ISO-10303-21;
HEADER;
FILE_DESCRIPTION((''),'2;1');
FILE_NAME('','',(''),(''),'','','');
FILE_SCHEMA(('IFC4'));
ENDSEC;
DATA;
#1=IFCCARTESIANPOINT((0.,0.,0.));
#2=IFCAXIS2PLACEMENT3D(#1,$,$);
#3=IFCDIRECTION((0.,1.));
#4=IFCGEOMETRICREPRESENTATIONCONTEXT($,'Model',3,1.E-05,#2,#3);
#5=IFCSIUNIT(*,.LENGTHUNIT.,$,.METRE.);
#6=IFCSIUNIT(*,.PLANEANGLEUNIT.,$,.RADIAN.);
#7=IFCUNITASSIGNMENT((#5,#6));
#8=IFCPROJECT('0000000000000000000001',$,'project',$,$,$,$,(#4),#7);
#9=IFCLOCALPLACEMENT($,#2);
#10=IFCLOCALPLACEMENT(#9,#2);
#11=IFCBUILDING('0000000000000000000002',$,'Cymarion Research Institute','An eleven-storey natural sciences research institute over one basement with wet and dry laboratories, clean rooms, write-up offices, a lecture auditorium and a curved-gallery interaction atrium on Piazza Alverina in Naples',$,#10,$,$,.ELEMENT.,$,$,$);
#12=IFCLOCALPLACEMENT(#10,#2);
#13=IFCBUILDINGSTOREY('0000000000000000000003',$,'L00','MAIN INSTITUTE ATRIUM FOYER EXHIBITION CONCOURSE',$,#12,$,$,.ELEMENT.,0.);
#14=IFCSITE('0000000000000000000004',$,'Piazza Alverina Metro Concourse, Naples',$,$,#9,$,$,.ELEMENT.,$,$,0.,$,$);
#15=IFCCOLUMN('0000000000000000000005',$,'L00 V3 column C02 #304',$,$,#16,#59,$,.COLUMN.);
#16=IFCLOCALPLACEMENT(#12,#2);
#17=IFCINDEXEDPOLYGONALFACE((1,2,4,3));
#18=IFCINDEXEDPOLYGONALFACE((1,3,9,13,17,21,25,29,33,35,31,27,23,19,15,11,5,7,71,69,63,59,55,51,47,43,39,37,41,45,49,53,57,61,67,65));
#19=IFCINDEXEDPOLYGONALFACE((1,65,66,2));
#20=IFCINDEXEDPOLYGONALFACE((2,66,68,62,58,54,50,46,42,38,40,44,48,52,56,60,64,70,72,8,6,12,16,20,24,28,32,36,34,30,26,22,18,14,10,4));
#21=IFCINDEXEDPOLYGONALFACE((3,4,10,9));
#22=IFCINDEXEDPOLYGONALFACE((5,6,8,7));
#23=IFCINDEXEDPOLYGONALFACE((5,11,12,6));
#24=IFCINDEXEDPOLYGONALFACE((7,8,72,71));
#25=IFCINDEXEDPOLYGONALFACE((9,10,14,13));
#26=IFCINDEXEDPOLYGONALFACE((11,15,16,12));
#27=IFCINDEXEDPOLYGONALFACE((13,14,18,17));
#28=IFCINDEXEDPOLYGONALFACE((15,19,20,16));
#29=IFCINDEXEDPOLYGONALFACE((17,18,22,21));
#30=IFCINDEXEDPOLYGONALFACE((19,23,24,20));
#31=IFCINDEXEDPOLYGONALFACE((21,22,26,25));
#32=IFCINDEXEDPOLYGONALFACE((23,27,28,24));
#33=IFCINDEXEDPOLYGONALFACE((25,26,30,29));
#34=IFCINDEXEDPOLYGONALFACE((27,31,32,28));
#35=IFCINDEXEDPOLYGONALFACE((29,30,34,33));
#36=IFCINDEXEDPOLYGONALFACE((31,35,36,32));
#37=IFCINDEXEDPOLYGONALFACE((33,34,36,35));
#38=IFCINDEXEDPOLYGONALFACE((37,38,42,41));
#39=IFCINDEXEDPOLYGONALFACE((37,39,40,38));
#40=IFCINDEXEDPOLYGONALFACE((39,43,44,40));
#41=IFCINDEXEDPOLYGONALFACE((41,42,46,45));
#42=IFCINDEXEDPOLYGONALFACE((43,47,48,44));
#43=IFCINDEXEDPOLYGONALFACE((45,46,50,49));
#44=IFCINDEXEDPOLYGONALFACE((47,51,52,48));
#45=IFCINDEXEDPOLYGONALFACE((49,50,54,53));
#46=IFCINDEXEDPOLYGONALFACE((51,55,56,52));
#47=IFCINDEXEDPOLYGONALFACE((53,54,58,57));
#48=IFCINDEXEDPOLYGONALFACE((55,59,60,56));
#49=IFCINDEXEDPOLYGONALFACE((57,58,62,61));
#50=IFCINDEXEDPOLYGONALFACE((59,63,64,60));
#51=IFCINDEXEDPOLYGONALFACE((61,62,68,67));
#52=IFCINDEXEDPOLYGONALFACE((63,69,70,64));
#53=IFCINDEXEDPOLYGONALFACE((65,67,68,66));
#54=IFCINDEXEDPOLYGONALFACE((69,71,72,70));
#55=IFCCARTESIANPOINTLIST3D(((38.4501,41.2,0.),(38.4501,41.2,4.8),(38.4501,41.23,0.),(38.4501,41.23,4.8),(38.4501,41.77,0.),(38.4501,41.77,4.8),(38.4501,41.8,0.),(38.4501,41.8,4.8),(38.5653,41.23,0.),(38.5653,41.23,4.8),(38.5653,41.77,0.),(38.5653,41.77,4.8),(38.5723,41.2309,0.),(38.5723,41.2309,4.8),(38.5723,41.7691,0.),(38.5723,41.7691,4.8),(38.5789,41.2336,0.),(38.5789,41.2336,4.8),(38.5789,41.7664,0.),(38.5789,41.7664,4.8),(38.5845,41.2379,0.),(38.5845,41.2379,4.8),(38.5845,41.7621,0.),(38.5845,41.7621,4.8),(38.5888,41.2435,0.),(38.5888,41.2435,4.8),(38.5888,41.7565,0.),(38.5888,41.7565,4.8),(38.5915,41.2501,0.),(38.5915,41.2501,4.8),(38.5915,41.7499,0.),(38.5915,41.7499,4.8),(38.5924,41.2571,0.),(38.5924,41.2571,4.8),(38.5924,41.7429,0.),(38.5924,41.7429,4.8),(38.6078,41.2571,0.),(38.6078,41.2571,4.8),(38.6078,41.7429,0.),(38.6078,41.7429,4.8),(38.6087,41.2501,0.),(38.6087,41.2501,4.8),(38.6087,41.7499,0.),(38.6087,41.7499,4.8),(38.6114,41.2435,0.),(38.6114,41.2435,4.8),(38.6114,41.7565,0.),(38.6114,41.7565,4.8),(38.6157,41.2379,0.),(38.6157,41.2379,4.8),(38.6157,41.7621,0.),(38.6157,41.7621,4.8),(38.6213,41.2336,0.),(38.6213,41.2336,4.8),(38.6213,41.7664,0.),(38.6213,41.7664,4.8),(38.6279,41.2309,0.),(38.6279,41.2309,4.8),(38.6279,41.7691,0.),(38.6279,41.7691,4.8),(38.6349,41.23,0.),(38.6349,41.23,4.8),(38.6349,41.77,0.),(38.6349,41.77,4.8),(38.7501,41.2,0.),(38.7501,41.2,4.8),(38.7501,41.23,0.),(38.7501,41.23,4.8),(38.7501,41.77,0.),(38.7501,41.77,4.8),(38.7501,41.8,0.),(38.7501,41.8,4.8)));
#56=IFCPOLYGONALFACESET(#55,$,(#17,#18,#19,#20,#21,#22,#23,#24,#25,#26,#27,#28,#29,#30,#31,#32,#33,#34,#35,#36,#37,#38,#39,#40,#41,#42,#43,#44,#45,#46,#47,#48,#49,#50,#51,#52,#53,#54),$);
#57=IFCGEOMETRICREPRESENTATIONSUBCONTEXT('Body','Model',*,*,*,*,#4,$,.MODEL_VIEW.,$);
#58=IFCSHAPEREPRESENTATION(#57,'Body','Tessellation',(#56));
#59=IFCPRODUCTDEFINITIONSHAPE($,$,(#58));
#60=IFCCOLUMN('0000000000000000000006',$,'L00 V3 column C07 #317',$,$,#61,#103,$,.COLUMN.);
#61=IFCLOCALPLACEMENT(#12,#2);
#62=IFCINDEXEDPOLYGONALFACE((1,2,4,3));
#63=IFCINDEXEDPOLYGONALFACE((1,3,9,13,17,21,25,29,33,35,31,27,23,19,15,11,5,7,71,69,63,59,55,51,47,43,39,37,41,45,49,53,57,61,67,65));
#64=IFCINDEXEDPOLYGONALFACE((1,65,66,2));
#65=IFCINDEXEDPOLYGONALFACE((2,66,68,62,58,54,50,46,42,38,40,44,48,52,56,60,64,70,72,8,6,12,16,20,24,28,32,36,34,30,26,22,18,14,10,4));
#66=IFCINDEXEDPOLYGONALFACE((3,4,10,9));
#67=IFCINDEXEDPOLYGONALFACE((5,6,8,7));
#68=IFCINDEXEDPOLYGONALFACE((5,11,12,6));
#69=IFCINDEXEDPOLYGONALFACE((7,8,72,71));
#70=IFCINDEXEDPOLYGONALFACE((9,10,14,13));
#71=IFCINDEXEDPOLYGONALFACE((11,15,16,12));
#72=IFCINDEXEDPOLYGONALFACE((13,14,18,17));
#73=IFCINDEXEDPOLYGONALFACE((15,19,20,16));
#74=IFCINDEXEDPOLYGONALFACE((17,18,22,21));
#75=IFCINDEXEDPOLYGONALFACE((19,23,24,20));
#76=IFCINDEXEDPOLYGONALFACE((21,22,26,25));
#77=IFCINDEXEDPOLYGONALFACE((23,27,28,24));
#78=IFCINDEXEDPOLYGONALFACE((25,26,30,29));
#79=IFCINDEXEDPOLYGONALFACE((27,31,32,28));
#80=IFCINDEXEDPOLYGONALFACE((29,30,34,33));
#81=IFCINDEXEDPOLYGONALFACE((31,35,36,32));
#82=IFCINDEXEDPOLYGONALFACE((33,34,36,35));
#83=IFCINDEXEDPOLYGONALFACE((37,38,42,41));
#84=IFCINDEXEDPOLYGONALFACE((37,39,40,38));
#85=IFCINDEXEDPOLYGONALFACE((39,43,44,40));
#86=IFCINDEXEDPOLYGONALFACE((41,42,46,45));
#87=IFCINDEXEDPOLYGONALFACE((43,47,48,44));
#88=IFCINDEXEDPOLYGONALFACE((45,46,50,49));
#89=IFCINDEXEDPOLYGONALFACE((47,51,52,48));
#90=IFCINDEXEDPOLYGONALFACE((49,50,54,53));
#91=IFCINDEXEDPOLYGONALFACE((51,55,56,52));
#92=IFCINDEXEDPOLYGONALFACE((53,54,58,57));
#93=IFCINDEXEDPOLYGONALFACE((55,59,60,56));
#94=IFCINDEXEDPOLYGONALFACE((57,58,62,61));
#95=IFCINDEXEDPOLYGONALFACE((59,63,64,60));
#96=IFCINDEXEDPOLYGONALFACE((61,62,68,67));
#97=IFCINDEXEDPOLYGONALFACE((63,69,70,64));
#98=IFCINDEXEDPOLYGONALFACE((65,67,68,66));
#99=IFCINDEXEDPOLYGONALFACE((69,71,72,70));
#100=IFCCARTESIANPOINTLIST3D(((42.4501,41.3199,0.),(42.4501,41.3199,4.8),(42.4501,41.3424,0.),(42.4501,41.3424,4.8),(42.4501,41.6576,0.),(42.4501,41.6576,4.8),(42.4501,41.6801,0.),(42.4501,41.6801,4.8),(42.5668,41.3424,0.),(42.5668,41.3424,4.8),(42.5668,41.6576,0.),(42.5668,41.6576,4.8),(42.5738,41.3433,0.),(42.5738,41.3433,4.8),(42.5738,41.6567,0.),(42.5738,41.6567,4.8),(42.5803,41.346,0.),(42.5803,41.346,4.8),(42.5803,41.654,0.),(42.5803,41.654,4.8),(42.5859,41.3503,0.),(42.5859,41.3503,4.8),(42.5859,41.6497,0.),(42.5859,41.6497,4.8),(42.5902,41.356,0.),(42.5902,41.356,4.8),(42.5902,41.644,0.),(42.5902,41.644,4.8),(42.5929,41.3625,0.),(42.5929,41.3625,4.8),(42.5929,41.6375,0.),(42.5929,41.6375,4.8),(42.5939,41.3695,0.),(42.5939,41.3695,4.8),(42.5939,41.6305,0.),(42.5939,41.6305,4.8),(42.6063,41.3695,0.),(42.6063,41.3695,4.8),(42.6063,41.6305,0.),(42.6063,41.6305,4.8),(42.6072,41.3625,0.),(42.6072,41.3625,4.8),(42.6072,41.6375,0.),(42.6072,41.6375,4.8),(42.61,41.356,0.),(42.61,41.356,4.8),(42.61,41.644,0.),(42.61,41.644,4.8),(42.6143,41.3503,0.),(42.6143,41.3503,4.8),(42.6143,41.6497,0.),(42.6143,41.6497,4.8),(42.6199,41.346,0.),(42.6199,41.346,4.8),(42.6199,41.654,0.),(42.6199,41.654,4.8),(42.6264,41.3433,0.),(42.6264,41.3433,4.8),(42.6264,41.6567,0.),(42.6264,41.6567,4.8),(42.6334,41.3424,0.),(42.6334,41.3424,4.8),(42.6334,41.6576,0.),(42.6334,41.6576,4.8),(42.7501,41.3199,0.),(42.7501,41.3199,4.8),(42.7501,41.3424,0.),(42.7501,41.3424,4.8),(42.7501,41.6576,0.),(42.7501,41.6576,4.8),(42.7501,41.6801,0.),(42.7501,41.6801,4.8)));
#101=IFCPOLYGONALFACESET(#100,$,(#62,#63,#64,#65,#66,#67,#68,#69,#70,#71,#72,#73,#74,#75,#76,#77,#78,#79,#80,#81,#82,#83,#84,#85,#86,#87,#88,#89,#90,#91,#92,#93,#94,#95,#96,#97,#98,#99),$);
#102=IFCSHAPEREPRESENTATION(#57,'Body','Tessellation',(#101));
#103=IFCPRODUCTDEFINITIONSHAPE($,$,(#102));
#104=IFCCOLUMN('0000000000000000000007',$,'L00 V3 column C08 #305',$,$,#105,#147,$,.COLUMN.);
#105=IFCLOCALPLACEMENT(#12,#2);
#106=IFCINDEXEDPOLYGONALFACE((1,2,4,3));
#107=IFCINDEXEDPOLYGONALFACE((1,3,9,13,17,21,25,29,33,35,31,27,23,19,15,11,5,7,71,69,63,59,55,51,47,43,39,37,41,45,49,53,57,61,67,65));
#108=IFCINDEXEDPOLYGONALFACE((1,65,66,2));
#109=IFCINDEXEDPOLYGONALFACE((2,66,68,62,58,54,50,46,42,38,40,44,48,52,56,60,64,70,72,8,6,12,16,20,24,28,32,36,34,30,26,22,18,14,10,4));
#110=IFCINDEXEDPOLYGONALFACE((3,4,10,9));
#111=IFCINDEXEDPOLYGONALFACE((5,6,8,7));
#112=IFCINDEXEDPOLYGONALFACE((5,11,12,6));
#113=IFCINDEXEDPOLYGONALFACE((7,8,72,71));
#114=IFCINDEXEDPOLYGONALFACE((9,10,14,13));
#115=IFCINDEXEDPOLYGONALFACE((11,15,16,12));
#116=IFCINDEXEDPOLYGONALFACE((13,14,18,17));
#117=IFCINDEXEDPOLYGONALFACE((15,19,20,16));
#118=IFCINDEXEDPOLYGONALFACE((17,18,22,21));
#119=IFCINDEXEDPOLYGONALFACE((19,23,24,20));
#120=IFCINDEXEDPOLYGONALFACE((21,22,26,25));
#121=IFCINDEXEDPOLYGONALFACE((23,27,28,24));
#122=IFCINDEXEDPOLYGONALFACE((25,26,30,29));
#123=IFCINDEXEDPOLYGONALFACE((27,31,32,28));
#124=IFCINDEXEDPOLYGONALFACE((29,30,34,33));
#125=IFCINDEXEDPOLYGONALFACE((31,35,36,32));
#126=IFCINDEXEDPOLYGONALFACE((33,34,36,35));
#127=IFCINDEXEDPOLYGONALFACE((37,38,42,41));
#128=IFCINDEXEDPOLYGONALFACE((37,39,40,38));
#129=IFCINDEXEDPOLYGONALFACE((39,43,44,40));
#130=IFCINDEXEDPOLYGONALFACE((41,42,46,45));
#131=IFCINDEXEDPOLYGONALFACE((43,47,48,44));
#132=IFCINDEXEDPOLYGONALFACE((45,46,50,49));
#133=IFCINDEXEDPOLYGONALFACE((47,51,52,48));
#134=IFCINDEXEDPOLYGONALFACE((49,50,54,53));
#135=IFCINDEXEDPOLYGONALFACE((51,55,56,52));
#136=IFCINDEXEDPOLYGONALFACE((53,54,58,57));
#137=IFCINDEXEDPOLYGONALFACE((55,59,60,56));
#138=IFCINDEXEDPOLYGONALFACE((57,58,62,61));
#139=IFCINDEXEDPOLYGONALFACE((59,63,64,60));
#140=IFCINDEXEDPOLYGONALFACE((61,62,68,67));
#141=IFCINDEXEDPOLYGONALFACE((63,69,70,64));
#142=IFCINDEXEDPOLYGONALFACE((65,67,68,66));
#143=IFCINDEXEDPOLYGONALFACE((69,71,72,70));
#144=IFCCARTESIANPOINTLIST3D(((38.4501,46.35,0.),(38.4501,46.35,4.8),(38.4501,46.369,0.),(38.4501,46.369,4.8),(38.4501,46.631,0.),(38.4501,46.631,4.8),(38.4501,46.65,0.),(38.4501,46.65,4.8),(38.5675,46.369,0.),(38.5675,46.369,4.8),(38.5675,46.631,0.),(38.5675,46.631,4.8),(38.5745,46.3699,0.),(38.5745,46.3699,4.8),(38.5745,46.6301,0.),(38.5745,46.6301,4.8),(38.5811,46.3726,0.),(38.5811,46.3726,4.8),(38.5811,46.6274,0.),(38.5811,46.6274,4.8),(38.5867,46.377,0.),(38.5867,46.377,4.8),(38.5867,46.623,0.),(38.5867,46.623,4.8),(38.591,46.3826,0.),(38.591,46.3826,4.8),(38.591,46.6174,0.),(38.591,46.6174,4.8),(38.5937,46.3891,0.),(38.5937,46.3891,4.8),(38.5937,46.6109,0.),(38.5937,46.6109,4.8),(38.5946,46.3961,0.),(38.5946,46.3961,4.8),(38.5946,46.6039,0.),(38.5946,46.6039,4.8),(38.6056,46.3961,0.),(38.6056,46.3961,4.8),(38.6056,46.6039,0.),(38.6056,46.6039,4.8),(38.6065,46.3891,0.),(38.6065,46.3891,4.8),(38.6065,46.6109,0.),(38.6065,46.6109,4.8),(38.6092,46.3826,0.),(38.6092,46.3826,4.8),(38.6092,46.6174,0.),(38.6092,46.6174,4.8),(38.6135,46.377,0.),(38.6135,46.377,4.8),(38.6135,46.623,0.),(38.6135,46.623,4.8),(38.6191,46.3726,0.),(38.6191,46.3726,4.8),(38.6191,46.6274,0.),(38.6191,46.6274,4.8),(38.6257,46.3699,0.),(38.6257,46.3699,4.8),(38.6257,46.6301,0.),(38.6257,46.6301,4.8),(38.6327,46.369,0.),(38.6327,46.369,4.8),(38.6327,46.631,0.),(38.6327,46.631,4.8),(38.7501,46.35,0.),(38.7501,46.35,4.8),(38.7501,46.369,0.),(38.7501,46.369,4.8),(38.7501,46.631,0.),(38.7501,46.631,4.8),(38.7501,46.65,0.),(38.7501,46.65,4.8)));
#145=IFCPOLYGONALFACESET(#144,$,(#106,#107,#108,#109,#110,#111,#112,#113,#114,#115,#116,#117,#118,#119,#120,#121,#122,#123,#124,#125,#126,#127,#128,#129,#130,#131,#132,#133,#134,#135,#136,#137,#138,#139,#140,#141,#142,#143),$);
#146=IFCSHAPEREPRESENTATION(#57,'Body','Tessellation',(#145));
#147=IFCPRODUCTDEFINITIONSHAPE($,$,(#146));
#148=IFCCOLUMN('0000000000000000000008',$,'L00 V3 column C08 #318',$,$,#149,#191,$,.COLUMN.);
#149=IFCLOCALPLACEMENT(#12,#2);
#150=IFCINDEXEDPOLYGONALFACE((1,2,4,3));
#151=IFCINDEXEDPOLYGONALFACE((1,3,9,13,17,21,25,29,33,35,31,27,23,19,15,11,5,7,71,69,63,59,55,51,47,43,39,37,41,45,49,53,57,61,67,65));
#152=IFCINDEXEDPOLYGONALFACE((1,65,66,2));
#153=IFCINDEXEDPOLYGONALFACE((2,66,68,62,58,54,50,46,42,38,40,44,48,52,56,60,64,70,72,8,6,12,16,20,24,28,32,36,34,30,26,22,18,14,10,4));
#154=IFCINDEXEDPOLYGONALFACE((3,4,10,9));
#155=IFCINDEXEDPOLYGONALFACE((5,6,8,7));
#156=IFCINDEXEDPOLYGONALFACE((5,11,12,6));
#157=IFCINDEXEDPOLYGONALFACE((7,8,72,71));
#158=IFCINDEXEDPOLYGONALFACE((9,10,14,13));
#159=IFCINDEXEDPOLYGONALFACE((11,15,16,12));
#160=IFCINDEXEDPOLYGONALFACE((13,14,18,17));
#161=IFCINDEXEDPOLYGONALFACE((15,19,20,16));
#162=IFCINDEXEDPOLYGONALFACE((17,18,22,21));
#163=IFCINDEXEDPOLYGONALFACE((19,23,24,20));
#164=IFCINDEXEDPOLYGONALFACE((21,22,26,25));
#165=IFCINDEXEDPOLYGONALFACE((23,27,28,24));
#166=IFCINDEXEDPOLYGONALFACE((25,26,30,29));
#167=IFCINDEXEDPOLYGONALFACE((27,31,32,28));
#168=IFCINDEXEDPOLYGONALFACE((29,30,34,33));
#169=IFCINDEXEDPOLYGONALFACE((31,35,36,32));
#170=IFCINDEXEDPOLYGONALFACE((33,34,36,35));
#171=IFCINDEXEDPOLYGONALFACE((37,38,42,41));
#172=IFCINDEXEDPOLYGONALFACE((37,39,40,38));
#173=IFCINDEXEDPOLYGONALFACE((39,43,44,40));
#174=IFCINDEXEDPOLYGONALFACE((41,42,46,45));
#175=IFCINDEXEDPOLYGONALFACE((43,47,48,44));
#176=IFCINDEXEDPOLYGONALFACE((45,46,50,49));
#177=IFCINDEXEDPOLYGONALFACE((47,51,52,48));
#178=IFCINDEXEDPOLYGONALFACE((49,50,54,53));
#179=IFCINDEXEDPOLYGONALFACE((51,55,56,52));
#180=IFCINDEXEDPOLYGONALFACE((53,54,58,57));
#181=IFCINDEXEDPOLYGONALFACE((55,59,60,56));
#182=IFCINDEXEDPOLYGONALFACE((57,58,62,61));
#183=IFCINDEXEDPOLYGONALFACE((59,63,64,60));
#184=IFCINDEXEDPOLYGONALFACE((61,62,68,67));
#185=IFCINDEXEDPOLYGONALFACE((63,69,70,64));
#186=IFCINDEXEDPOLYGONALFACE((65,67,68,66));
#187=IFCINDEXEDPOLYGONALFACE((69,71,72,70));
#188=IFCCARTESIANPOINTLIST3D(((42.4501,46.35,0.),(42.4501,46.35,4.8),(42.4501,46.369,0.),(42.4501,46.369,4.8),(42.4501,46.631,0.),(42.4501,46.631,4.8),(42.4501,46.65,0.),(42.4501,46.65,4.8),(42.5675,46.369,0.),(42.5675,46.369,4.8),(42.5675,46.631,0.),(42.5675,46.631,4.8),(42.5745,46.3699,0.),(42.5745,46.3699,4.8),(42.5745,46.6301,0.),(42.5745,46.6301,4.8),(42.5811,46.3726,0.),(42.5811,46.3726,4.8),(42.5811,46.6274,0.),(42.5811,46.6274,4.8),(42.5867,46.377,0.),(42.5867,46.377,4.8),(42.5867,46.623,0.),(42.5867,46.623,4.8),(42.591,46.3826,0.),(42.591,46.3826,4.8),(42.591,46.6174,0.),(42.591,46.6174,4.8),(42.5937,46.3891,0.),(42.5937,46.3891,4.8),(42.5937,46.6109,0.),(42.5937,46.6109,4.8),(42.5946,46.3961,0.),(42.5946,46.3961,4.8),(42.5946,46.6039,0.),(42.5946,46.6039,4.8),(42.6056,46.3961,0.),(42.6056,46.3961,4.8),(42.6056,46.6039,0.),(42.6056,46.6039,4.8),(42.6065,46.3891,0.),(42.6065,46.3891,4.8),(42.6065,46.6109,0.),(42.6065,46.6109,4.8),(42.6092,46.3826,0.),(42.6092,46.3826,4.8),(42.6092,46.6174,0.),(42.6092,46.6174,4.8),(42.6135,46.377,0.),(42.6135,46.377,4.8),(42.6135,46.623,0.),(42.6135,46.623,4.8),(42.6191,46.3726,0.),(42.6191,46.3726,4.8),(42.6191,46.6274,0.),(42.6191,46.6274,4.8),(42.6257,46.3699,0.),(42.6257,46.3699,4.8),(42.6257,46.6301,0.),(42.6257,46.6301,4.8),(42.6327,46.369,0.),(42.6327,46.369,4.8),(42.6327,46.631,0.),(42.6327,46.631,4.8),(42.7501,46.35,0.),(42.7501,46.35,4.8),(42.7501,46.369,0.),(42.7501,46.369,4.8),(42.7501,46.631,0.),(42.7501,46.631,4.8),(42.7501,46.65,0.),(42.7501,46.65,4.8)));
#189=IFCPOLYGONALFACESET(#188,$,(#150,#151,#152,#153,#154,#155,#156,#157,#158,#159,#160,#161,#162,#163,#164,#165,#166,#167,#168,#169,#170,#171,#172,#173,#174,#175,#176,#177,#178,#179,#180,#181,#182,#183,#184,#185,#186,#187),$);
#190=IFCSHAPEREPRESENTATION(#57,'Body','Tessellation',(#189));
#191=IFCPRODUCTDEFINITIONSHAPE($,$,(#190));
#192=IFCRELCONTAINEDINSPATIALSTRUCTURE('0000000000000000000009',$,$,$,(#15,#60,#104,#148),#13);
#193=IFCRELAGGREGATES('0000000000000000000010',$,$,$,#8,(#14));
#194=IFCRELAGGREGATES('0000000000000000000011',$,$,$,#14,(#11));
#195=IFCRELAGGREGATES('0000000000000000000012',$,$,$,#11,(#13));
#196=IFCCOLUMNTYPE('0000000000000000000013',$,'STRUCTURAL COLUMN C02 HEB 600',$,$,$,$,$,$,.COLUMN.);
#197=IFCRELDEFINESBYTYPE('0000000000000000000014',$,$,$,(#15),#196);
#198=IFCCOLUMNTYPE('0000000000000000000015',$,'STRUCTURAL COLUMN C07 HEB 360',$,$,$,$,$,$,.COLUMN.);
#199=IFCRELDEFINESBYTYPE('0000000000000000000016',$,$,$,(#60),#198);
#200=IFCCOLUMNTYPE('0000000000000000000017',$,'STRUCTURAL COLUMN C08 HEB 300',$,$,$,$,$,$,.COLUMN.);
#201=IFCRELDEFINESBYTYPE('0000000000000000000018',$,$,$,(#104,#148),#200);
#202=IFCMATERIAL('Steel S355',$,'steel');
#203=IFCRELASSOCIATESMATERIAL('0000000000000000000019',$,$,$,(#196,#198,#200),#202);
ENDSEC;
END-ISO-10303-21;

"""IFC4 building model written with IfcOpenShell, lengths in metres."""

from ifc_helpers import new_model, si_unit, direction, frame, origin, origin_2d, place, context, subcontext, project, spatial, i_section, extrude, material, material_profile, profile_set, type_object, element, save


model = new_model("IFC4")

# Units and contexts
model_context = context("Model", 3, precision=1e-05, world=origin(), true_north=direction((0.0, 1.0)))
body_context = subcontext(model_context, "Body", "Model", "MODEL_VIEW")
ifc_project = project(units=[si_unit("LENGTHUNIT", "METRE"), si_unit("PLANEANGLEUNIT", "RADIAN")], contexts=[model_context])

# Site, building, storey
site_placement = place(None, origin())
site = spatial("IfcSite", under=ifc_project, at=site_placement, Name="Piazza Alverina Metro Concourse, Naples", CompositionType="ELEMENT", RefElevation=0.0)
building_placement = place(site_placement, origin())
building = spatial("IfcBuilding", under=site, at=building_placement, Name="Cymarion Research Institute", Description="An eleven-storey natural sciences research institute over one basement with wet and dry laboratories, clean rooms, write-up offices, a lecture auditorium and a curved-gallery interaction atrium on Piazza Alverina in Naples", CompositionType="ELEMENT")
storey_placement = place(building_placement, origin())
storey = spatial("IfcBuildingStorey", under=building, at=storey_placement, Name="L00", Description="MAIN INSTITUTE ATRIUM FOYER EXHIBITION CONCOURSE", CompositionType="ELEMENT", Elevation=0.0)

# Columns
ifc_material_1 = material(Name="Steel S355", Category="steel")
ifc_material_profile_1 = material_profile(ifc_material_1, i_section(OverallWidth=0.3, OverallDepth=0.6001, WebThickness=0.0154, FlangeThickness=0.03, FilletRadius=0.0271, at=origin_2d()), Name="HEB 600")
ifc_profile_set_1 = profile_set([ifc_material_profile_1], Name="Steel S355")
column_type_1 = type_object("IfcColumnType", Name="STRUCTURAL COLUMN C02 HEB 600", PredefinedType="COLUMN", material=ifc_profile_set_1)
column_1_placement = place(storey_placement, frame((38.6001, 41.5, 0.0), z_axis=(0.0, 0.0, 1.0), x_axis=(1.0, 0.0, 0.0)))
element("IfcColumn", 1, at=column_1_placement, inside=storey, type_object=column_type_1, Name="L00 V3 column C02 #304", PredefinedType="COLUMN", context=body_context, shape_type="SweptSolid", body=[
    extrude(i_section(OverallWidth=0.3, OverallDepth=0.6001, WebThickness=0.0154, FlangeThickness=0.03, FilletRadius=0.0271, at=origin_2d()), origin(), (0.0, 0.0, 1.0), 4.8),
])
ifc_material_profile_2 = material_profile(ifc_material_1, i_section(OverallWidth=0.3, OverallDepth=0.3601, WebThickness=0.0125, FlangeThickness=0.0225, FilletRadius=0.0271, at=origin_2d()), Name="HEB 360")
ifc_profile_set_2 = profile_set([ifc_material_profile_2], Name="Steel S355")
column_type_2 = type_object("IfcColumnType", Name="STRUCTURAL COLUMN C07 HEB 360", PredefinedType="COLUMN", material=ifc_profile_set_2)
column_2_placement = place(storey_placement, frame((42.6001, 41.5, 0.0), z_axis=(0.0, 0.0, 1.0), x_axis=(1.0, 0.0, 0.0)))
element("IfcColumn", 2, at=column_2_placement, inside=storey, type_object=column_type_2, Name="L00 V3 column C07 #317", PredefinedType="COLUMN", context=body_context, shape_type="SweptSolid", body=[
    extrude(i_section(OverallWidth=0.3, OverallDepth=0.3601, WebThickness=0.0125, FlangeThickness=0.0225, FilletRadius=0.0271, at=origin_2d()), origin(), (0.0, 0.0, 1.0), 4.8),
])
ifc_material_profile_3 = material_profile(ifc_material_1, i_section(OverallWidth=0.3, OverallDepth=0.3, WebThickness=0.011, FlangeThickness=0.019, FilletRadius=0.0271, at=origin_2d()), Name="HEB 300")
ifc_profile_set_3 = profile_set([ifc_material_profile_3], Name="Steel S355")
column_type_3 = type_object("IfcColumnType", Name="STRUCTURAL COLUMN C08 HEB 300", PredefinedType="COLUMN", material=ifc_profile_set_3)
for number, where, z_axis, x_axis, name in (
    (3, (38.6001, 46.5, 0.0), (0.0, 0.0, 1.0), (1.0, 0.0, 0.0), "L00 V3 column C08 #305"),
    (4, (42.6001, 46.5, 0.0), (0.0, 0.0, 1.0), (1.0, 0.0, 0.0), "L00 V3 column C08 #318"),
):
    element("IfcColumn", number, at=place(storey_placement, frame(where, z_axis=z_axis, x_axis=x_axis)), inside=storey, type_object=column_type_3, Name=name, PredefinedType="COLUMN", context=body_context, shape_type="SweptSolid", body=[
        extrude(i_section(OverallWidth=0.3, OverallDepth=0.3, WebThickness=0.011, FlangeThickness=0.019, FilletRadius=0.0271, at=origin_2d()), origin(), (0.0, 0.0, 1.0), 4.8),
    ])

save(model, "model.ifc")
